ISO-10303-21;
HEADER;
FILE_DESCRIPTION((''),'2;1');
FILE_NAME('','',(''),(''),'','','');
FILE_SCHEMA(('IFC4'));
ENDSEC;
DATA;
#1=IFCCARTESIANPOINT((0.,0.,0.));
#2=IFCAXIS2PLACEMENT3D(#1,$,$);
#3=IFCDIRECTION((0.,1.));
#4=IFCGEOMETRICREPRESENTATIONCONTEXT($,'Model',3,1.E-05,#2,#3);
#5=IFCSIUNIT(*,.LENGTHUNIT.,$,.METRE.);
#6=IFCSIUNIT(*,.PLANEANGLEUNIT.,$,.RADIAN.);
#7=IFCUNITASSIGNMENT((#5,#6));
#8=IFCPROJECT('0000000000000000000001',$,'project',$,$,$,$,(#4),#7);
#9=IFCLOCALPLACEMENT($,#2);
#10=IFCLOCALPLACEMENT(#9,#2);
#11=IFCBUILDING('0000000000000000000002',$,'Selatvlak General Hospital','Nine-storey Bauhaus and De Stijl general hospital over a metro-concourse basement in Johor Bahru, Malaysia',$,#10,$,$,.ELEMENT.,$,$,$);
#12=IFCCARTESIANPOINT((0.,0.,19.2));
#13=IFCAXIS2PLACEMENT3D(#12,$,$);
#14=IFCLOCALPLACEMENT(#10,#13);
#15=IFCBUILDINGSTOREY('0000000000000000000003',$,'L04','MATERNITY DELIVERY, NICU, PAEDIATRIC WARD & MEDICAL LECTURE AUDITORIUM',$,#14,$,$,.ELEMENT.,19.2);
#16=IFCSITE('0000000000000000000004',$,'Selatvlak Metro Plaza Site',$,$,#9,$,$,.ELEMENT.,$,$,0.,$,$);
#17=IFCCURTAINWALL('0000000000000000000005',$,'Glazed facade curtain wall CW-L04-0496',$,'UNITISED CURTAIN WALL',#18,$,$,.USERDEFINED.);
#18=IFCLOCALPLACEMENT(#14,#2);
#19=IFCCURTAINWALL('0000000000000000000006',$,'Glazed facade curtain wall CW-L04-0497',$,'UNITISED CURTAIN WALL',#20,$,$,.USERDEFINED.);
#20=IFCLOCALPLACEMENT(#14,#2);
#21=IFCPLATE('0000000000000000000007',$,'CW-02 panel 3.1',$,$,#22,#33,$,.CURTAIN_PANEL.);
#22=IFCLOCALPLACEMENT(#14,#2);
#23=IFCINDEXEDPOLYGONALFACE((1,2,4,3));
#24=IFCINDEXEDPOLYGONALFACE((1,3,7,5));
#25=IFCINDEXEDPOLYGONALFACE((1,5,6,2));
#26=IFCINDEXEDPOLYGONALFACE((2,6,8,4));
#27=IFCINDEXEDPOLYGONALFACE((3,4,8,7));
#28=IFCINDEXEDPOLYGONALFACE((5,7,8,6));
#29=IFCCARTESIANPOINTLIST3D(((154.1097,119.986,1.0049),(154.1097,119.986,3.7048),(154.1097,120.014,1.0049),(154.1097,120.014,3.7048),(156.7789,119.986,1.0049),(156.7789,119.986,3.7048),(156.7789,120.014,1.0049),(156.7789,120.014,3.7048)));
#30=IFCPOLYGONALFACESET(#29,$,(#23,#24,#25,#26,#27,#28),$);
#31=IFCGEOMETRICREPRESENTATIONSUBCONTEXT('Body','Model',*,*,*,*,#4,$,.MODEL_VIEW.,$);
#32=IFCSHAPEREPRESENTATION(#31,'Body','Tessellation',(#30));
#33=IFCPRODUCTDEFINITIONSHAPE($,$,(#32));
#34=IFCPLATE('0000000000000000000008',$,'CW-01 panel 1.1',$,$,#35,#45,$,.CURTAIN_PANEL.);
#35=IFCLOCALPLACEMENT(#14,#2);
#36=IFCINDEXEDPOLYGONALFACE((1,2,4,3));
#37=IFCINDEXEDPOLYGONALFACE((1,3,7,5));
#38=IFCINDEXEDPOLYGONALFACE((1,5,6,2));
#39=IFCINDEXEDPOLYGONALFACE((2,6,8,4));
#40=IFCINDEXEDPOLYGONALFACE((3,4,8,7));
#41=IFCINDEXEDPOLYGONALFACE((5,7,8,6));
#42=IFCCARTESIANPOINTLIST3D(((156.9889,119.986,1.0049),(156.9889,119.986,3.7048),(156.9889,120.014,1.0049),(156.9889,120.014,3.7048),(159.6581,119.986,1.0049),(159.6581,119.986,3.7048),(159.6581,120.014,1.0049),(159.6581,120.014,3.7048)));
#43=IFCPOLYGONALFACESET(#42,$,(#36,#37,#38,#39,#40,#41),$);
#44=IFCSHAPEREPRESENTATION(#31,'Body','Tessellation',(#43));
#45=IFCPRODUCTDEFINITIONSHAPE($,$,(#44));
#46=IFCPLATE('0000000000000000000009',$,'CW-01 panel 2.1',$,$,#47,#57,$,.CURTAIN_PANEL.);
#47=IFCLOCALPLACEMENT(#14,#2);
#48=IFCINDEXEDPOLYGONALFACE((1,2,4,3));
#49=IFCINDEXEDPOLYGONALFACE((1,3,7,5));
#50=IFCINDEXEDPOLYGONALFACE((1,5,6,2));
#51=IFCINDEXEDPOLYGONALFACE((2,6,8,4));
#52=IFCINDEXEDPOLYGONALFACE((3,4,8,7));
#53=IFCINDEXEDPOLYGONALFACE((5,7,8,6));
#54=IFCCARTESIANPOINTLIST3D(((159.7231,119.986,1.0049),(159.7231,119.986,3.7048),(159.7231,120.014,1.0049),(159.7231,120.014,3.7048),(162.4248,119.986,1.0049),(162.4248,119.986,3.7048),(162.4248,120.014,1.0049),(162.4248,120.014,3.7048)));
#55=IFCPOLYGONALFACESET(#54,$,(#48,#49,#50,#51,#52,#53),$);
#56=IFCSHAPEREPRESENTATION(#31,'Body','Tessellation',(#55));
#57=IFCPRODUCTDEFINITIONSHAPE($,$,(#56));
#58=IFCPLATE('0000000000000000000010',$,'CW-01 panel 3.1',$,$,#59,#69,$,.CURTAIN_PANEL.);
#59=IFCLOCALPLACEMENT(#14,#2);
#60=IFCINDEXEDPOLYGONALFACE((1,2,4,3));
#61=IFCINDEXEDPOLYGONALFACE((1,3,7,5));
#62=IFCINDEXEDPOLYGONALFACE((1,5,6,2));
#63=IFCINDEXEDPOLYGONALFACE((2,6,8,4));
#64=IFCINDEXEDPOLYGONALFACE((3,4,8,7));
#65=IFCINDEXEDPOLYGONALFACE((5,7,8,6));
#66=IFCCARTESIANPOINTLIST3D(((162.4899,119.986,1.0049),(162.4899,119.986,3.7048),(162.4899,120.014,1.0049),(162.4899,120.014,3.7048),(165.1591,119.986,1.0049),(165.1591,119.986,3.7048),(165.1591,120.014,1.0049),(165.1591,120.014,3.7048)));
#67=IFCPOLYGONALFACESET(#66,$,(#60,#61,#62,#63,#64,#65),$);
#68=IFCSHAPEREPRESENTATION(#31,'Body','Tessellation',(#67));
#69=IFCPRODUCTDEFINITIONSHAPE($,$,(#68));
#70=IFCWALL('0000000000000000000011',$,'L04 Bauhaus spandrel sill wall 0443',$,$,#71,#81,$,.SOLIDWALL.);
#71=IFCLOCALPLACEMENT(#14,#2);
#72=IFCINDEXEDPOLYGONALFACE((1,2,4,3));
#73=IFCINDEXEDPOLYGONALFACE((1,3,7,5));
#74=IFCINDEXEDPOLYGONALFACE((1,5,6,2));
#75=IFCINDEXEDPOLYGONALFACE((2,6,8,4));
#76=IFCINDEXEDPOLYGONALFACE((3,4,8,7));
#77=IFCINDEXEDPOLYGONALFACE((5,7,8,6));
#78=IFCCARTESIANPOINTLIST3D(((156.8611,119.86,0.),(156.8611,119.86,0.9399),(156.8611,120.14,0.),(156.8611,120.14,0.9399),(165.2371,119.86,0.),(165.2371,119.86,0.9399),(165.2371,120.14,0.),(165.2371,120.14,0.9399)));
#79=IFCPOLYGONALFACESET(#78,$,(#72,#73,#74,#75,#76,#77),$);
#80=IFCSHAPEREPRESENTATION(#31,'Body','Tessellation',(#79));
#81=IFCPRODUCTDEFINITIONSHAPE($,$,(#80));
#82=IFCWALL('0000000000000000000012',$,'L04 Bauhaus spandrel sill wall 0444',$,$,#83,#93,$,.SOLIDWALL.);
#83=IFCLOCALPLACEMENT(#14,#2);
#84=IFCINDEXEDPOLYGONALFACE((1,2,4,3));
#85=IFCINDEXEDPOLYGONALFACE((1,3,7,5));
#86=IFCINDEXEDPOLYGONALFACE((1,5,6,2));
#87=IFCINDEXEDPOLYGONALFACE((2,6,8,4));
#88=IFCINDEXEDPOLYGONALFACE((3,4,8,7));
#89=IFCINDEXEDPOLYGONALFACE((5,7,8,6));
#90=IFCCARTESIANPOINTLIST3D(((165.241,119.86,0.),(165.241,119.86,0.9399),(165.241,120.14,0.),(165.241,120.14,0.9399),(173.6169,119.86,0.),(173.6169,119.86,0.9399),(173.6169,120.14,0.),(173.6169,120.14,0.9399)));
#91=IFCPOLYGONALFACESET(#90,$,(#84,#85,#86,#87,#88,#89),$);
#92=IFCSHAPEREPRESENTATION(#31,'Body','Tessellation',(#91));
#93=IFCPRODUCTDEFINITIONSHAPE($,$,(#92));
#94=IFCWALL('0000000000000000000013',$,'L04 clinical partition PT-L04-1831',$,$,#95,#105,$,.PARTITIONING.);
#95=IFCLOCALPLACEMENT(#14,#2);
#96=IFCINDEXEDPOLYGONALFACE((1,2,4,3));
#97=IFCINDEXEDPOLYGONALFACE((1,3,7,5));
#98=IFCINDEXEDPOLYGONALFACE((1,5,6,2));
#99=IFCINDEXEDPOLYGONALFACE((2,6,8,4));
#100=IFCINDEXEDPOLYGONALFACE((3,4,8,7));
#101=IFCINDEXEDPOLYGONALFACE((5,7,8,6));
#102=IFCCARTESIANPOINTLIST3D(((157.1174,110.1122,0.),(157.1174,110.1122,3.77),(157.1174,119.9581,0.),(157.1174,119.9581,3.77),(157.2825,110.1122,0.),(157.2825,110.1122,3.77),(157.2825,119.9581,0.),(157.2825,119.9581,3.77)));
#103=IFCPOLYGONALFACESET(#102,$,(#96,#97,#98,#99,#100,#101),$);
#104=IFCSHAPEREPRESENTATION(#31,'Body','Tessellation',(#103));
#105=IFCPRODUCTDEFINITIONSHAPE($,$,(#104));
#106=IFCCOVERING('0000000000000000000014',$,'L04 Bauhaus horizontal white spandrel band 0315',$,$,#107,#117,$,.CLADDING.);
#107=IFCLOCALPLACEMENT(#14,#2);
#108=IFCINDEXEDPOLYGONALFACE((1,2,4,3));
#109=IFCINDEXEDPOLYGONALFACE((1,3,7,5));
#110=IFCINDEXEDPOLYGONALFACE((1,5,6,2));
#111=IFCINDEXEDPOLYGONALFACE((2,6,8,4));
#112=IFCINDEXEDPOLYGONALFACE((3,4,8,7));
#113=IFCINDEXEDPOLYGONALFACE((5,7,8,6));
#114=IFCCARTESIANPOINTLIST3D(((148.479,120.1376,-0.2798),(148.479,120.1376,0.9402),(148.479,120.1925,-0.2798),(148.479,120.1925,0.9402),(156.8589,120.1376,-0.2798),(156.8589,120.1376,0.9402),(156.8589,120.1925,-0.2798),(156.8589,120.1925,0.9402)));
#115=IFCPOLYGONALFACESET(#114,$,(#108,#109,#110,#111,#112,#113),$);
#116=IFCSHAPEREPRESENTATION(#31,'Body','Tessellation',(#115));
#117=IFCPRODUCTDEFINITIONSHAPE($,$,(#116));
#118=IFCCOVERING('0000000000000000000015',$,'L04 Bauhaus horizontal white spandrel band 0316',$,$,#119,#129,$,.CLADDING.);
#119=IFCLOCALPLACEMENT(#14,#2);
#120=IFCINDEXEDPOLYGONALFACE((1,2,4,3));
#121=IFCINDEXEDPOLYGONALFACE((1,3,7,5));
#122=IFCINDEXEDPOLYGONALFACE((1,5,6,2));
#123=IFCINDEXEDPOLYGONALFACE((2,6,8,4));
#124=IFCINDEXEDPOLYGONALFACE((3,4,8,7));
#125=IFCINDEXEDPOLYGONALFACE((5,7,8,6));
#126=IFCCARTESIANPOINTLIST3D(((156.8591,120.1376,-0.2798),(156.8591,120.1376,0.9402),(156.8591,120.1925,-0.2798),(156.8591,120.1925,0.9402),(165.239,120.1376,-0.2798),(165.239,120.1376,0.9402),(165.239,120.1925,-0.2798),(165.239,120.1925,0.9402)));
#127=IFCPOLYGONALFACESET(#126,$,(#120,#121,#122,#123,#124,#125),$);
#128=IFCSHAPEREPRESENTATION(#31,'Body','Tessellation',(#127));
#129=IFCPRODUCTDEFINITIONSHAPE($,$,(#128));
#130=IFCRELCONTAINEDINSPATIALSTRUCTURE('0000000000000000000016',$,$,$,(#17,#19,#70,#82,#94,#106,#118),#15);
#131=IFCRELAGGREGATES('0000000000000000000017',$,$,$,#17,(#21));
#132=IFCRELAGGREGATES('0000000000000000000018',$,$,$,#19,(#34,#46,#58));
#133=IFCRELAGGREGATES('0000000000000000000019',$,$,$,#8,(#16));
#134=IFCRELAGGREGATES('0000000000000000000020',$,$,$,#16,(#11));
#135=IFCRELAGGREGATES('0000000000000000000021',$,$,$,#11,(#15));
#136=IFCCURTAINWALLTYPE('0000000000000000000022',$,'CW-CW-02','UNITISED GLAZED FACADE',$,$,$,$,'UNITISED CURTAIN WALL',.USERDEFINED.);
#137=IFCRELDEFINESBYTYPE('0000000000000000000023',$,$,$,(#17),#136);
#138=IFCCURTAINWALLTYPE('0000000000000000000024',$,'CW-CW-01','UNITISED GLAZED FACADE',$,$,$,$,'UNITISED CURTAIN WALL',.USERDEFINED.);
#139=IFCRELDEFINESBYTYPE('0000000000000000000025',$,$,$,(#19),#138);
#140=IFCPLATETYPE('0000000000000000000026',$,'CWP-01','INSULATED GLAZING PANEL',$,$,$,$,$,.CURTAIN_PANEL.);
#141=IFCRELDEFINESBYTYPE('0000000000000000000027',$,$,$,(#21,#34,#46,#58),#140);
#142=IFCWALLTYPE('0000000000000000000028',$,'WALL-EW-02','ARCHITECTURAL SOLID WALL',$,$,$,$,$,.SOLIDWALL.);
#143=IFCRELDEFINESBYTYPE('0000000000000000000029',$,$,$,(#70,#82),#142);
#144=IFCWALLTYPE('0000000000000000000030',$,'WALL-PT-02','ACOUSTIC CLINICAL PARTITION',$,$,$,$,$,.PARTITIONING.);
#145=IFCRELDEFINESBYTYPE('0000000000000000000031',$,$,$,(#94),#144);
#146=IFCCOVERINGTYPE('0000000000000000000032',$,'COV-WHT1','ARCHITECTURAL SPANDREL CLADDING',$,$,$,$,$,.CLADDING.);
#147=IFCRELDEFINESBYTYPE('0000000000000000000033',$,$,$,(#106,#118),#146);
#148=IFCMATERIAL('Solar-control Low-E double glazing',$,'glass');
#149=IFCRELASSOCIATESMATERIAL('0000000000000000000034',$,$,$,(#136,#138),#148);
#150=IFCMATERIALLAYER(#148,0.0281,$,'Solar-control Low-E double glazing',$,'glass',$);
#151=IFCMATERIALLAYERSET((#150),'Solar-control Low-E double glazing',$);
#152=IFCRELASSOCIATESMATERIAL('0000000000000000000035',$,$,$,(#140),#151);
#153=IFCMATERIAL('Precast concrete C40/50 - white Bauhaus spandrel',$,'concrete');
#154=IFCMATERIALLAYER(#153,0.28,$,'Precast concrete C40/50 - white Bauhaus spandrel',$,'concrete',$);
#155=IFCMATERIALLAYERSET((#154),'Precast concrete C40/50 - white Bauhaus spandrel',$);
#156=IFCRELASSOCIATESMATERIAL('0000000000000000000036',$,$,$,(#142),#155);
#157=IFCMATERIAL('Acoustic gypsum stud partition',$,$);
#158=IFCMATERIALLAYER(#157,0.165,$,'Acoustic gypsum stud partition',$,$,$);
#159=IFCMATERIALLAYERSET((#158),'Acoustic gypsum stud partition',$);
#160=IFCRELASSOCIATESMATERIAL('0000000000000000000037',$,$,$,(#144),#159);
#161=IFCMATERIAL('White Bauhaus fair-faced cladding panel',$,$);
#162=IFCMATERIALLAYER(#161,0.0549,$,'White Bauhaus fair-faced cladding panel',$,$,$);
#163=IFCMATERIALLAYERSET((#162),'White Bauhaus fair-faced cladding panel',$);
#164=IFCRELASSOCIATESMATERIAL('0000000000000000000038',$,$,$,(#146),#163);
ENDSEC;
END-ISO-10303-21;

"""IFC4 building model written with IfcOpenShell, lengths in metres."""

from ifc_helpers import new_model, si_unit, direction, frame, frame_2d, origin, origin_2d, place, context, subcontext, project, spatial, rectangle, extrude, material, layer, layer_set, type_object, element, aggregate, save


model = new_model("IFC4")

# Units and contexts
model_context = context("Model", 3, precision=1e-05, world=origin(), true_north=direction((0.0, 1.0)))
body_context = subcontext(model_context, "Body", "Model", "MODEL_VIEW")
ifc_project = project(units=[si_unit("LENGTHUNIT", "METRE"), si_unit("PLANEANGLEUNIT", "RADIAN")], contexts=[model_context])

# Site, building, storey
site_placement = place(None, origin())
site = spatial("IfcSite", under=ifc_project, at=site_placement, Name="Selatvlak Metro Plaza Site", CompositionType="ELEMENT", RefElevation=0.0)
building_placement = place(site_placement, origin())
building = spatial("IfcBuilding", under=site, at=building_placement, Name="Selatvlak General Hospital", Description="Nine-storey Bauhaus and De Stijl general hospital over a metro-concourse basement in Johor Bahru, Malaysia", CompositionType="ELEMENT")
storey_placement = place(building_placement, frame((0.0, 0.0, 19.2)))
storey = spatial("IfcBuildingStorey", under=building, at=storey_placement, Name="L04", Description="MATERNITY DELIVERY, NICU, PAEDIATRIC WARD & MEDICAL LECTURE AUDITORIUM", CompositionType="ELEMENT", Elevation=19.2)

# Curtain walls
ifc_material_1 = material(Name="Solar-control Low-E double glazing", Category="glass")
curtain_wall_type_1 = type_object("IfcCurtainWallType", Name="CW-CW-02", Description="UNITISED GLAZED FACADE", ElementType="UNITISED CURTAIN WALL", PredefinedType="USERDEFINED", material=ifc_material_1)
curtain_wall_1_placement = place(storey_placement, origin())
curtain_wall_1 = element("IfcCurtainWall", 1, at=curtain_wall_1_placement, inside=storey, type_object=curtain_wall_type_1, Name="Glazed facade curtain wall CW-L04-0496", ObjectType="UNITISED CURTAIN WALL", PredefinedType="USERDEFINED")
curtain_wall_type_2 = type_object("IfcCurtainWallType", Name="CW-CW-01", Description="UNITISED GLAZED FACADE", ElementType="UNITISED CURTAIN WALL", PredefinedType="USERDEFINED", material=ifc_material_1)
curtain_wall_2_placement = place(storey_placement, origin())
curtain_wall_2 = element("IfcCurtainWall", 2, at=curtain_wall_2_placement, inside=storey, type_object=curtain_wall_type_2, Name="Glazed facade curtain wall CW-L04-0497", ObjectType="UNITISED CURTAIN WALL", PredefinedType="USERDEFINED")

# Plates
ifc_layer_1 = layer(ifc_material_1, 0.0281, Name="Solar-control Low-E double glazing", Category="glass")
ifc_layer_set_1 = layer_set([ifc_layer_1], Name="Solar-control Low-E double glazing")
plate_type = type_object("IfcPlateType", Name="CWP-01", Description="INSULATED GLAZING PANEL", PredefinedType="CURTAIN_PANEL", material=ifc_layer_set_1)
plate_1_placement = place(storey_placement, frame((155.4443, 120.0, 1.0049), z_axis=(0.0, 0.0, 1.0), x_axis=(1.0, 0.0, 0.0)))
plate_1 = element("IfcPlate", 3, at=plate_1_placement, type_object=plate_type, Name="CW-02 panel 3.1", PredefinedType="CURTAIN_PANEL", context=body_context, shape_type="SweptSolid", body=[
    extrude(rectangle(XDim=2.6692, YDim=0.0281, at=origin_2d()), origin(), (0.0, 0.0, 1.0), 2.7),
])
aggregate(curtain_wall_1, [plate_1])
plate_2_placement = place(storey_placement, frame((158.3235, 120.0, 1.0049), z_axis=(0.0, 0.0, 1.0), x_axis=(1.0, 0.0, 0.0)))
plate_2 = element("IfcPlate", 4, at=plate_2_placement, type_object=plate_type, Name="CW-01 panel 1.1", PredefinedType="CURTAIN_PANEL", context=body_context, shape_type="SweptSolid", body=[
    extrude(rectangle(XDim=2.6692, YDim=0.0281, at=origin_2d()), origin(), (0.0, 0.0, 1.0), 2.7),
])
plate_3_placement = place(storey_placement, frame((161.074, 120.0, 1.0049), z_axis=(0.0, 0.0, 1.0), x_axis=(1.0, 0.0, 0.0)))
plate_3 = element("IfcPlate", 5, at=plate_3_placement, type_object=plate_type, Name="CW-01 panel 2.1", PredefinedType="CURTAIN_PANEL", context=body_context, shape_type="SweptSolid", body=[
    extrude(rectangle(XDim=2.7017, YDim=0.0281, at=origin_2d()), origin(), (0.0, 0.0, 1.0), 2.7),
])
plate_4_placement = place(storey_placement, frame((163.8245, 120.0, 1.0049), z_axis=(0.0, 0.0, 1.0), x_axis=(1.0, 0.0, 0.0)))
plate_4 = element("IfcPlate", 6, at=plate_4_placement, type_object=plate_type, Name="CW-01 panel 3.1", PredefinedType="CURTAIN_PANEL", context=body_context, shape_type="SweptSolid", body=[
    extrude(rectangle(XDim=2.6692, YDim=0.0281, at=origin_2d()), origin(), (0.0, 0.0, 1.0), 2.7),
])
aggregate(curtain_wall_2, [plate_2, plate_3, plate_4])

# Walls
ifc_material_2 = material(Name="Precast concrete C40/50 - white Bauhaus spandrel", Category="concrete")
ifc_layer_2 = layer(ifc_material_2, 0.28, Name="Precast concrete C40/50 - white Bauhaus spandrel", Category="concrete")
ifc_layer_set_2 = layer_set([ifc_layer_2], Name="Precast concrete C40/50 - white Bauhaus spandrel")
wall_type_1 = type_object("IfcWallType", Name="WALL-EW-02", Description="ARCHITECTURAL SOLID WALL", PredefinedType="SOLIDWALL", material=ifc_layer_set_2)
for number, where, z_axis, x_axis, name in (
    (7, (156.8611, 120.0, 0.0), (0.0, 0.0, 1.0), (1.0, 0.0, 0.0), "L04 Bauhaus spandrel sill wall 0443"),
    (8, (165.241, 120.0, 0.0), (0.0, 0.0, 1.0), (1.0, 0.0, 0.0), "L04 Bauhaus spandrel sill wall 0444"),
):
    element("IfcWall", number, at=place(storey_placement, frame(where, z_axis=z_axis, x_axis=x_axis)), inside=storey, type_object=wall_type_1, Name=name, PredefinedType="SOLIDWALL", context=body_context, shape_type="SweptSolid", body=[
        extrude(rectangle(XDim=8.376, YDim=0.28, at=frame_2d((4.188, 0.0))), origin(), (0.0, 0.0, 1.0), 0.9399),
    ])
ifc_material_3 = material(Name="Acoustic gypsum stud partition")
ifc_layer_3 = layer(ifc_material_3, 0.165, Name="Acoustic gypsum stud partition")
ifc_layer_set_3 = layer_set([ifc_layer_3], Name="Acoustic gypsum stud partition")
wall_type_2 = type_object("IfcWallType", Name="WALL-PT-02", Description="ACOUSTIC CLINICAL PARTITION", PredefinedType="PARTITIONING", material=ifc_layer_set_3)
wall_placement = place(storey_placement, frame((157.2, 119.958, 0.0), z_axis=(0.0, 0.0, 1.0), x_axis=(0.0, -1.0, 0.0)))
element("IfcWall", 9, at=wall_placement, inside=storey, type_object=wall_type_2, Name="L04 clinical partition PT-L04-1831", PredefinedType="PARTITIONING", context=body_context, shape_type="SweptSolid", body=[
    extrude(rectangle(XDim=9.8459, YDim=0.165, at=frame_2d((4.9229, 0.0))), origin(), (0.0, 0.0, 1.0), 3.77),
])

# Coverings
ifc_material_4 = material(Name="White Bauhaus fair-faced cladding panel")
ifc_layer_4 = layer(ifc_material_4, 0.0549, Name="White Bauhaus fair-faced cladding panel")
ifc_layer_set_4 = layer_set([ifc_layer_4], Name="White Bauhaus fair-faced cladding panel")
covering_type = type_object("IfcCoveringType", Name="COV-WHT1", Description="ARCHITECTURAL SPANDREL CLADDING", PredefinedType="CLADDING", material=ifc_layer_set_4)
for number, where, z_axis, x_axis, name in (
    (10, (152.6689, 120.165, -0.2798), (0.0, 0.0, 1.0), (1.0, 0.0, 0.0), "L04 Bauhaus horizontal white spandrel band 0315"),
    (11, (161.0491, 120.165, -0.2798), (0.0, 0.0, 1.0), (1.0, 0.0, 0.0), "L04 Bauhaus horizontal white spandrel band 0316"),
):
    element("IfcCovering", number, at=place(storey_placement, frame(where, z_axis=z_axis, x_axis=x_axis)), inside=storey, type_object=covering_type, Name=name, PredefinedType="CLADDING", context=body_context, shape_type="SweptSolid", body=[
        extrude(rectangle(XDim=8.3799, YDim=0.0549, at=origin_2d()), origin(), (0.0, 0.0, 1.0), 1.22),
    ])

save(model, "model.ifc")
